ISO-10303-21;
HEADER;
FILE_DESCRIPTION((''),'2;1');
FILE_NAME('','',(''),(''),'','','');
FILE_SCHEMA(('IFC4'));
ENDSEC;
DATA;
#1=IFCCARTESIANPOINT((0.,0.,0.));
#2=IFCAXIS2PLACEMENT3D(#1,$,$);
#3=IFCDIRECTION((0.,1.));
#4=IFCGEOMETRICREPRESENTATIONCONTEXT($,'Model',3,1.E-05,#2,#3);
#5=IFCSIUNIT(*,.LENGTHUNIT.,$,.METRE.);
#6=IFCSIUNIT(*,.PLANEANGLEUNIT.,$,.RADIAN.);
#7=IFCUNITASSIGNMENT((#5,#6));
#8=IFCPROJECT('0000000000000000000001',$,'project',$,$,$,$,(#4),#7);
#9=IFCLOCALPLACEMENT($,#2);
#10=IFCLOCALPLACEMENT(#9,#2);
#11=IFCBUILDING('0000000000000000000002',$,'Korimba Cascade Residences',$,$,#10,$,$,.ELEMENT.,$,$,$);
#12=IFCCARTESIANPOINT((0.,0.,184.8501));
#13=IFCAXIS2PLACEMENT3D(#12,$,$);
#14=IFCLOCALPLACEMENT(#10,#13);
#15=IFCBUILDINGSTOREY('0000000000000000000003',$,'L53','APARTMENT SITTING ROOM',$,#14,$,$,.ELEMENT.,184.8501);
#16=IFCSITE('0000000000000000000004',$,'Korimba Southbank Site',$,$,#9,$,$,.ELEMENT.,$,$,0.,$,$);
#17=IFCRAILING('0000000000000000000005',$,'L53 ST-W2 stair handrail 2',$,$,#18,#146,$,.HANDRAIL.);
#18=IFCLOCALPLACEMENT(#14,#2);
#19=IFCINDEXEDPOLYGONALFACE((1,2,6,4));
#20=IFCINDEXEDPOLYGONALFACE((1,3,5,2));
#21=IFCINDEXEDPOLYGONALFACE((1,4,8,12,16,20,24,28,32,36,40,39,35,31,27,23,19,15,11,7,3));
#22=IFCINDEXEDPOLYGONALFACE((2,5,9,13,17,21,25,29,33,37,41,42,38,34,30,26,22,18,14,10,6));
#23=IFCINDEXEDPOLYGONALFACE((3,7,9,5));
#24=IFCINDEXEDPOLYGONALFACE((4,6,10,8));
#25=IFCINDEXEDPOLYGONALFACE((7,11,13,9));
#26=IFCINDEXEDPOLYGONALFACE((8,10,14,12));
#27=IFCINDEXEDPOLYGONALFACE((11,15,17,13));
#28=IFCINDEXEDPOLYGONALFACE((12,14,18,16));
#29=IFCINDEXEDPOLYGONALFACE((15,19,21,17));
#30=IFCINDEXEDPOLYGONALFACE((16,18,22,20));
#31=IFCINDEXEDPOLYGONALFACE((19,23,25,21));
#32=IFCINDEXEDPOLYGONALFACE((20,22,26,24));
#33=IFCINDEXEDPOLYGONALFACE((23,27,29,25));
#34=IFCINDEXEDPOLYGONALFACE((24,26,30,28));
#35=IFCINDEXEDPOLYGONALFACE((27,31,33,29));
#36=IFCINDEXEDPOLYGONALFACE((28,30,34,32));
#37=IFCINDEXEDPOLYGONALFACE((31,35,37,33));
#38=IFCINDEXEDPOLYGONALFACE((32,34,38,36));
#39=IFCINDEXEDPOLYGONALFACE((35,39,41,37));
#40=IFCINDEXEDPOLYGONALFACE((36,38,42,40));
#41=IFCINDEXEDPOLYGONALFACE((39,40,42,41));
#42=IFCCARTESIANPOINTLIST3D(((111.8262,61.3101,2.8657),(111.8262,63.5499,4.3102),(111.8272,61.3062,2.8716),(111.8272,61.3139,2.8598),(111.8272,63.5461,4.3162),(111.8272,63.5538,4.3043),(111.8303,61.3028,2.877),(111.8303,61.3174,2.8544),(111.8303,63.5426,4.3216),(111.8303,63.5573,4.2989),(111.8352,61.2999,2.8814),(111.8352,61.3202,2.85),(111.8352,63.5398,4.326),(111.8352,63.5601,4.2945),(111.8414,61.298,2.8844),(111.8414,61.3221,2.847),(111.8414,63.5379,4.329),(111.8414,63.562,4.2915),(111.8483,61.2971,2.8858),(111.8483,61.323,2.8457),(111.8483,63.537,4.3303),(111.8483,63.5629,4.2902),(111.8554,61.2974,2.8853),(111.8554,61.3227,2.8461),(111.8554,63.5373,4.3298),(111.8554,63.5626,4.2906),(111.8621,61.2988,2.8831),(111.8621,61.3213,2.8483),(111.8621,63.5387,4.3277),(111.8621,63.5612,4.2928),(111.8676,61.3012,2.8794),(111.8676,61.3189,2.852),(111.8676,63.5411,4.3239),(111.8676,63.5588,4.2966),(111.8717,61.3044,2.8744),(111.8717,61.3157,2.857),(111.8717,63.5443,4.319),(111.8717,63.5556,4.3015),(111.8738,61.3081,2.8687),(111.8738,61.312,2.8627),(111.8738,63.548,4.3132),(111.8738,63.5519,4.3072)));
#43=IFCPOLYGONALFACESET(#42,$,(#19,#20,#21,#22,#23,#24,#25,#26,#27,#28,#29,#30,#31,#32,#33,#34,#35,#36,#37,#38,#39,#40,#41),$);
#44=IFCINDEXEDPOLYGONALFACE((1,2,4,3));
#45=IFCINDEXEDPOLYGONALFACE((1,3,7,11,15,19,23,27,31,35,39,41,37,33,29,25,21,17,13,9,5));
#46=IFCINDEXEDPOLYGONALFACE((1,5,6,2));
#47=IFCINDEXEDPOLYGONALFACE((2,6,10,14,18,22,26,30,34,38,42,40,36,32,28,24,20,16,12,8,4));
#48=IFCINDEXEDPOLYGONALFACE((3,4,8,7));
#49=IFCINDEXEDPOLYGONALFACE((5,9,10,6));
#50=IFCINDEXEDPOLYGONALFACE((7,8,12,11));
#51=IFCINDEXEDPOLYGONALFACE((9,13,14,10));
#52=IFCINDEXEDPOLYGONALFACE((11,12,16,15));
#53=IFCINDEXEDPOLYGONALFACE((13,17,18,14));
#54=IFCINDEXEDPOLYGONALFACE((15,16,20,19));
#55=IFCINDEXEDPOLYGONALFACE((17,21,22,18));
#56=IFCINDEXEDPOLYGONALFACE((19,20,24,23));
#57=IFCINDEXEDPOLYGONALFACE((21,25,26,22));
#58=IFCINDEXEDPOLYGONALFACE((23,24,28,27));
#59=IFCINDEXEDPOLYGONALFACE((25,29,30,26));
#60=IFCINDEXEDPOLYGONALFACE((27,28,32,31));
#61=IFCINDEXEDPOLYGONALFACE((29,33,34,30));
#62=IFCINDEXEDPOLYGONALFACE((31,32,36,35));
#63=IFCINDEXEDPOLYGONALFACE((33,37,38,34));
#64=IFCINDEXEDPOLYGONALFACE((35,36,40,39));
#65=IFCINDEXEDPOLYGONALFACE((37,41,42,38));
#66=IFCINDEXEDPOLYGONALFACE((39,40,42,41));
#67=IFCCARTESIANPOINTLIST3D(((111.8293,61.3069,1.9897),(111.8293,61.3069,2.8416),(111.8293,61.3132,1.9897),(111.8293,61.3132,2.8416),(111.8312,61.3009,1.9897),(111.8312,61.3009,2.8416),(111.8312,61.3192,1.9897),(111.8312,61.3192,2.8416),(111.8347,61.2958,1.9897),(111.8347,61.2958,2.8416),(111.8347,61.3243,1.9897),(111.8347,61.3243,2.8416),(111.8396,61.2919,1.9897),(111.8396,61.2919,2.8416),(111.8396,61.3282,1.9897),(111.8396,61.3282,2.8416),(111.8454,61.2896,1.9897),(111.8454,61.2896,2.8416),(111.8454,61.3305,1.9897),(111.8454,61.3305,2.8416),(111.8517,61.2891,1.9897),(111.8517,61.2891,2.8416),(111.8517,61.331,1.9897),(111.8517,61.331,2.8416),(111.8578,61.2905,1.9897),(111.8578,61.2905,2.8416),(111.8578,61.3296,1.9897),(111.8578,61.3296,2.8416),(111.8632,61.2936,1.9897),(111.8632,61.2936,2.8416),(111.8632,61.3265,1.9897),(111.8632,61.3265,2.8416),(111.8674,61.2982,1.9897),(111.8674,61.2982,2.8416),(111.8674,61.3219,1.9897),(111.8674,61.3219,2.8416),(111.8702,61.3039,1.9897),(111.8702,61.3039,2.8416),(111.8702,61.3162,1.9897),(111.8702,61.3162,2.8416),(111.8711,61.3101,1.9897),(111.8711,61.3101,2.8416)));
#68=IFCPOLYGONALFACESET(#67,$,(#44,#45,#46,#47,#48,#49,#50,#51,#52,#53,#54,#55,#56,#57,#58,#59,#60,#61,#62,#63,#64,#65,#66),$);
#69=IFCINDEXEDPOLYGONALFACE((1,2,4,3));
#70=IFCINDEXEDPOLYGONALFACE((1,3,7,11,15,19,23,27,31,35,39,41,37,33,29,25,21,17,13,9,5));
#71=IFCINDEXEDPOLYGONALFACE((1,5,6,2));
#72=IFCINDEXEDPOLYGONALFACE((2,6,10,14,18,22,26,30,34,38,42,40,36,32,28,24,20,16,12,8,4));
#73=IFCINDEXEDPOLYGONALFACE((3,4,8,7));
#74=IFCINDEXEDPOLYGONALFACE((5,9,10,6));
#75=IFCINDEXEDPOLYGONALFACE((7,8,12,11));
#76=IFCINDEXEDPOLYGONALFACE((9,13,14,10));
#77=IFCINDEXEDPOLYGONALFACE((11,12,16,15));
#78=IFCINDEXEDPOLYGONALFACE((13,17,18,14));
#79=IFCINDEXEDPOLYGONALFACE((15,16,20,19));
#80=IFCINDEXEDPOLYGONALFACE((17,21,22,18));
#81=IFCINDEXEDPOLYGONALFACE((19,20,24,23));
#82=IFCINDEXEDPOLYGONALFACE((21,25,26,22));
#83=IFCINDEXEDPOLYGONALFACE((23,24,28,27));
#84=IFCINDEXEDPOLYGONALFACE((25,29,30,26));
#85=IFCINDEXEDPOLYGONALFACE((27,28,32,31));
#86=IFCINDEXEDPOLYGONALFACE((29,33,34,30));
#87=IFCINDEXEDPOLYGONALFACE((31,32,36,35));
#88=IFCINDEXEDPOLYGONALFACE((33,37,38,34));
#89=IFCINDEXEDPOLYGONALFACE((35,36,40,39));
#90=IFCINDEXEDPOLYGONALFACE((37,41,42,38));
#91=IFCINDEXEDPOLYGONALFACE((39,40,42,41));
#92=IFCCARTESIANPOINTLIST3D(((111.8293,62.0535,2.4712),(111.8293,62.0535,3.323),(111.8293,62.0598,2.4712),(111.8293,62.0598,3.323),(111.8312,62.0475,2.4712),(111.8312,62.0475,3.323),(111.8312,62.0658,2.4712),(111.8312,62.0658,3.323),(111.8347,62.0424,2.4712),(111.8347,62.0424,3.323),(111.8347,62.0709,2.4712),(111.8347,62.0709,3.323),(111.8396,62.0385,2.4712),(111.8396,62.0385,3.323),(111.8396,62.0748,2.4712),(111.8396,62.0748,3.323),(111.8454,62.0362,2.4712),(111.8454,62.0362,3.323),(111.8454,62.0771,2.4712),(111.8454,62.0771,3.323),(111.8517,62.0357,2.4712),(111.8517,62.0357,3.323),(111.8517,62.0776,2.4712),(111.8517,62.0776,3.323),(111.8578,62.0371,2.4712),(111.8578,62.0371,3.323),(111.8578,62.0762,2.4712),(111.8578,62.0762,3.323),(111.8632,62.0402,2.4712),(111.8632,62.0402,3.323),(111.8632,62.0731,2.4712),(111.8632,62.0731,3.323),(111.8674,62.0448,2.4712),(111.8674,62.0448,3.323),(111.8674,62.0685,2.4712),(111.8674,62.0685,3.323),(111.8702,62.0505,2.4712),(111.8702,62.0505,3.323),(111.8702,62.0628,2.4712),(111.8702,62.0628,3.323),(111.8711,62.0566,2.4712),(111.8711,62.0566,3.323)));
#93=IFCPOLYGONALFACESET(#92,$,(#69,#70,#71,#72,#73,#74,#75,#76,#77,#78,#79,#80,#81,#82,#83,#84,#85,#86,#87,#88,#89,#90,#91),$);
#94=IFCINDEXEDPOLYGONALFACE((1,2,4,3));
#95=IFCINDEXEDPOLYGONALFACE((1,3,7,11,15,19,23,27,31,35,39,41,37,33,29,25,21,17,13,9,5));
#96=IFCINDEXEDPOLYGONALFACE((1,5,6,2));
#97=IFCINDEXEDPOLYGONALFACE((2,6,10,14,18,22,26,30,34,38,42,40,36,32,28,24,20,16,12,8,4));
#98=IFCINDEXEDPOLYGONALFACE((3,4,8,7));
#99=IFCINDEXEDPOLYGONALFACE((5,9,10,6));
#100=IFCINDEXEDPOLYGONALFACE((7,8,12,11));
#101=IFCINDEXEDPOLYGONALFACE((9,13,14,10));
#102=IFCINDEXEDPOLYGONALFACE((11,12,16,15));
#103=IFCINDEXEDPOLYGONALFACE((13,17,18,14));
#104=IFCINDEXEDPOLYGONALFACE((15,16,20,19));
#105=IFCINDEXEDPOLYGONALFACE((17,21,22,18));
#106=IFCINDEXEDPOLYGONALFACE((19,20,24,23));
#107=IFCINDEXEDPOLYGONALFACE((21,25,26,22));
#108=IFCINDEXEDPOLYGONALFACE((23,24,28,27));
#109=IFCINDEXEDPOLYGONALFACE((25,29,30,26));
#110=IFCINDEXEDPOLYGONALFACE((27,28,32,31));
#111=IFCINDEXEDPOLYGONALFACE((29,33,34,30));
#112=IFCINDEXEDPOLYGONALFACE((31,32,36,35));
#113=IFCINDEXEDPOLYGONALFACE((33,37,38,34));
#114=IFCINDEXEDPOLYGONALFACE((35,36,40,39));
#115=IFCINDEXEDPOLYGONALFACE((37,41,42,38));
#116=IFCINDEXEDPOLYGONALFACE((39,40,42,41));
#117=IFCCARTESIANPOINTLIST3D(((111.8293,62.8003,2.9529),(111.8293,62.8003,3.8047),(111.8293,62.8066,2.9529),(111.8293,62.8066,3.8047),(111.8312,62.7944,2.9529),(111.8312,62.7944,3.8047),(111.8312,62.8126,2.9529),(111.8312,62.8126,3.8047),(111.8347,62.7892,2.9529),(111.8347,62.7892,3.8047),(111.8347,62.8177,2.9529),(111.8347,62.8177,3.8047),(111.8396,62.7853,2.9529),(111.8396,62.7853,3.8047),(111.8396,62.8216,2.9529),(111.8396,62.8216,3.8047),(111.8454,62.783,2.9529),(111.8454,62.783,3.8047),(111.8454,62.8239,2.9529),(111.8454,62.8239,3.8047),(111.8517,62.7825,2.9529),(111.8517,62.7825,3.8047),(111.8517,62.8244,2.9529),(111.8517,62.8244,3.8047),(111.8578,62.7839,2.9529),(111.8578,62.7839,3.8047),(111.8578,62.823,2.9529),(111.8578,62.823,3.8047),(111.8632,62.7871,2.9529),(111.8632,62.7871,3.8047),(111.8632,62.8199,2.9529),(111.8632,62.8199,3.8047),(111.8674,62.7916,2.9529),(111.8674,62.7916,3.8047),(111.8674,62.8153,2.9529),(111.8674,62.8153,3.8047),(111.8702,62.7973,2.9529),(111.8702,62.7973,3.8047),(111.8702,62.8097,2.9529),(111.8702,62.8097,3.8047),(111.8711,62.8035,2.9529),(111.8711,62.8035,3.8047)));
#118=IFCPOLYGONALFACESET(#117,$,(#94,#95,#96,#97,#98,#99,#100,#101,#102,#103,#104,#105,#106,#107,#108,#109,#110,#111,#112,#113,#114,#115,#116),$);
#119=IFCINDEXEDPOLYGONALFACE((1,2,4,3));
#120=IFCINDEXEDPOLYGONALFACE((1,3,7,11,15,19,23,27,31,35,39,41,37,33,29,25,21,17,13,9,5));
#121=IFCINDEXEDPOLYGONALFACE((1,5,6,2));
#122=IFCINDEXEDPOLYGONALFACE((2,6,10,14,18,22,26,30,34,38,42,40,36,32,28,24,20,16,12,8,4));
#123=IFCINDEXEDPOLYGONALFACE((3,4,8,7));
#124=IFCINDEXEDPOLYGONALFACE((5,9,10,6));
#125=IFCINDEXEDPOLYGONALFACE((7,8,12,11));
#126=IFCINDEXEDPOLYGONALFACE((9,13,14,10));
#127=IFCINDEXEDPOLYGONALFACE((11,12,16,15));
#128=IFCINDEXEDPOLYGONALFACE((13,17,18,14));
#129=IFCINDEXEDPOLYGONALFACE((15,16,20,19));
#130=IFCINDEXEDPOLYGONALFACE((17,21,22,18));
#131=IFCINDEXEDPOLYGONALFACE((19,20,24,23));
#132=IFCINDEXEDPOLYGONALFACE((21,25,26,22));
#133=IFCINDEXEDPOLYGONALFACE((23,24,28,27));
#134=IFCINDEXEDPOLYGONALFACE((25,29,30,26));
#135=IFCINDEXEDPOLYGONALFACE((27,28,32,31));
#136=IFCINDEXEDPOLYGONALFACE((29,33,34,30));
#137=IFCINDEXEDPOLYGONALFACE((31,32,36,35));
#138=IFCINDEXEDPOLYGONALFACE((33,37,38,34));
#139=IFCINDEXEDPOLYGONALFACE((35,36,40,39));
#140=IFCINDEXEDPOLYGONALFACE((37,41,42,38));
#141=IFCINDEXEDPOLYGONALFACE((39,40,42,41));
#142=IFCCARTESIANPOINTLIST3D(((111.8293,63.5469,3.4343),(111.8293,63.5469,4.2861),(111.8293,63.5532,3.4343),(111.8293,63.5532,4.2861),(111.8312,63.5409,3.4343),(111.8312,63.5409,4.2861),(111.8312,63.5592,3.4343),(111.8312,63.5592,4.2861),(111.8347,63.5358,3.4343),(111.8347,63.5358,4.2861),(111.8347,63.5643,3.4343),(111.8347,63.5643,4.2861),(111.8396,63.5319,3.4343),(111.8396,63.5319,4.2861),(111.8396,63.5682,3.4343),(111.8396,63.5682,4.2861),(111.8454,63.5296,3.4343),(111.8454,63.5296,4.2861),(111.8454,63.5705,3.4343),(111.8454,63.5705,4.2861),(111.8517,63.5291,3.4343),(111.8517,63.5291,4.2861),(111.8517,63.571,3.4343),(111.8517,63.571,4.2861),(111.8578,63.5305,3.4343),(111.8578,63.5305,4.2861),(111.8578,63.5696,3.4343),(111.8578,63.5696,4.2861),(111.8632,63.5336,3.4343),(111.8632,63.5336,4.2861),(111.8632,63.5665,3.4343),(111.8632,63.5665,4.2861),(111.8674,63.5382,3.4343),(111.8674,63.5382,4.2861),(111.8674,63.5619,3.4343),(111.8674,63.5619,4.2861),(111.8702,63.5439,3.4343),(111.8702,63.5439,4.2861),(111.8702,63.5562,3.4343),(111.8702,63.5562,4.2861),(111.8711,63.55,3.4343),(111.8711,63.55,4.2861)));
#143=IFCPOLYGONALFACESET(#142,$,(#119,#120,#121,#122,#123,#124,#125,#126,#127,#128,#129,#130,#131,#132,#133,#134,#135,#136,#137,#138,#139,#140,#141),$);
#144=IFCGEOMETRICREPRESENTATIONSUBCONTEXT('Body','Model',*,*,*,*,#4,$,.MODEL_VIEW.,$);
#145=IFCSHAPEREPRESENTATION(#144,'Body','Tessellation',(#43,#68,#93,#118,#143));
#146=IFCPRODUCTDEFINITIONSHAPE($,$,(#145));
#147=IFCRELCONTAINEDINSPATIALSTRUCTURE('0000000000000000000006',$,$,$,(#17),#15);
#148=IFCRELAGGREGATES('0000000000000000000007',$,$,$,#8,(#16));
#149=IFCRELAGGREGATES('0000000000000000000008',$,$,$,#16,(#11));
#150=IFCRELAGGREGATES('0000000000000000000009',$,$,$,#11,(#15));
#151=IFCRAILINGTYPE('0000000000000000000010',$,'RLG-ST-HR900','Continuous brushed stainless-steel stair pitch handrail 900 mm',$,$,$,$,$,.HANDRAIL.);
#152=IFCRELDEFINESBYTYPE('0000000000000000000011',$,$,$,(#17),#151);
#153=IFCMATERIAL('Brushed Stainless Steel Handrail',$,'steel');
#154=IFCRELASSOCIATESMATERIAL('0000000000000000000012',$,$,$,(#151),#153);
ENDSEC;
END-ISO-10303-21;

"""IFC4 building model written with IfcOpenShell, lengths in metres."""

from ifc_helpers import new_model, si_unit, direction, frame, origin, origin_2d, place, context, subcontext, project, spatial, circle, extrude, material, type_object, element, save


model = new_model("IFC4")

# Units and contexts
model_context = context("Model", 3, precision=1e-05, world=origin(), true_north=direction((0.0, 1.0)))
body_context = subcontext(model_context, "Body", "Model", "MODEL_VIEW")
ifc_project = project(units=[si_unit("LENGTHUNIT", "METRE"), si_unit("PLANEANGLEUNIT", "RADIAN")], contexts=[model_context])

# Site, building, storey
site_placement = place(None, origin())
site = spatial("IfcSite", under=ifc_project, at=site_placement, Name="Korimba Southbank Site", CompositionType="ELEMENT", RefElevation=0.0)
building_placement = place(site_placement, origin())
building = spatial("IfcBuilding", under=site, at=building_placement, Name="Korimba Cascade Residences", CompositionType="ELEMENT")
storey_placement = place(building_placement, frame((0.0, 0.0, 184.8501)))
storey = spatial("IfcBuildingStorey", under=building, at=storey_placement, Name="L53", Description="APARTMENT SITTING ROOM", CompositionType="ELEMENT", Elevation=184.8501)

# Railing
ifc_material_1 = material(Name="Brushed Stainless Steel Handrail", Category="steel")
railing_type_1 = type_object("IfcRailingType", Name="RLG-ST-HR900", Description="Continuous brushed stainless-steel stair pitch handrail 900 mm", PredefinedType="HANDRAIL", material=ifc_material_1)
railing_1_placement = place(storey_placement, frame((111.8501, 61.3101, 1.9897)))
element("IfcRailing", 1, at=railing_1_placement, inside=storey, type_object=railing_type_1, Name="L53 ST-W2 stair handrail 2", PredefinedType="HANDRAIL", context=body_context, shape_type="SweptSolid", body=[
    extrude(circle(Radius=0.0239, at=origin_2d()), frame((0.0, 0.0, 0.876), z_axis=(0.0, 0.840395, 0.541975), x_axis=(-1.0, 0.0, 0.0)), (0.0, 0.0, 1.0), 2.6653),
    extrude(circle(Radius=0.021, at=origin_2d()), origin(), (0.0, 0.0, 1.0), 0.8518),
    extrude(circle(Radius=0.021, at=origin_2d()), frame((0.0, 0.7466, 0.4814)), (0.0, 0.0, 1.0), 0.8518),
    extrude(circle(Radius=0.021, at=origin_2d()), frame((0.0, 1.4934, 0.9631)), (0.0, 0.0, 1.0), 0.8518),
    extrude(circle(Radius=0.021, at=origin_2d()), frame((0.0, 2.24, 1.4446)), (0.0, 0.0, 1.0), 0.8518),
])

save(model, "model.ifc")
